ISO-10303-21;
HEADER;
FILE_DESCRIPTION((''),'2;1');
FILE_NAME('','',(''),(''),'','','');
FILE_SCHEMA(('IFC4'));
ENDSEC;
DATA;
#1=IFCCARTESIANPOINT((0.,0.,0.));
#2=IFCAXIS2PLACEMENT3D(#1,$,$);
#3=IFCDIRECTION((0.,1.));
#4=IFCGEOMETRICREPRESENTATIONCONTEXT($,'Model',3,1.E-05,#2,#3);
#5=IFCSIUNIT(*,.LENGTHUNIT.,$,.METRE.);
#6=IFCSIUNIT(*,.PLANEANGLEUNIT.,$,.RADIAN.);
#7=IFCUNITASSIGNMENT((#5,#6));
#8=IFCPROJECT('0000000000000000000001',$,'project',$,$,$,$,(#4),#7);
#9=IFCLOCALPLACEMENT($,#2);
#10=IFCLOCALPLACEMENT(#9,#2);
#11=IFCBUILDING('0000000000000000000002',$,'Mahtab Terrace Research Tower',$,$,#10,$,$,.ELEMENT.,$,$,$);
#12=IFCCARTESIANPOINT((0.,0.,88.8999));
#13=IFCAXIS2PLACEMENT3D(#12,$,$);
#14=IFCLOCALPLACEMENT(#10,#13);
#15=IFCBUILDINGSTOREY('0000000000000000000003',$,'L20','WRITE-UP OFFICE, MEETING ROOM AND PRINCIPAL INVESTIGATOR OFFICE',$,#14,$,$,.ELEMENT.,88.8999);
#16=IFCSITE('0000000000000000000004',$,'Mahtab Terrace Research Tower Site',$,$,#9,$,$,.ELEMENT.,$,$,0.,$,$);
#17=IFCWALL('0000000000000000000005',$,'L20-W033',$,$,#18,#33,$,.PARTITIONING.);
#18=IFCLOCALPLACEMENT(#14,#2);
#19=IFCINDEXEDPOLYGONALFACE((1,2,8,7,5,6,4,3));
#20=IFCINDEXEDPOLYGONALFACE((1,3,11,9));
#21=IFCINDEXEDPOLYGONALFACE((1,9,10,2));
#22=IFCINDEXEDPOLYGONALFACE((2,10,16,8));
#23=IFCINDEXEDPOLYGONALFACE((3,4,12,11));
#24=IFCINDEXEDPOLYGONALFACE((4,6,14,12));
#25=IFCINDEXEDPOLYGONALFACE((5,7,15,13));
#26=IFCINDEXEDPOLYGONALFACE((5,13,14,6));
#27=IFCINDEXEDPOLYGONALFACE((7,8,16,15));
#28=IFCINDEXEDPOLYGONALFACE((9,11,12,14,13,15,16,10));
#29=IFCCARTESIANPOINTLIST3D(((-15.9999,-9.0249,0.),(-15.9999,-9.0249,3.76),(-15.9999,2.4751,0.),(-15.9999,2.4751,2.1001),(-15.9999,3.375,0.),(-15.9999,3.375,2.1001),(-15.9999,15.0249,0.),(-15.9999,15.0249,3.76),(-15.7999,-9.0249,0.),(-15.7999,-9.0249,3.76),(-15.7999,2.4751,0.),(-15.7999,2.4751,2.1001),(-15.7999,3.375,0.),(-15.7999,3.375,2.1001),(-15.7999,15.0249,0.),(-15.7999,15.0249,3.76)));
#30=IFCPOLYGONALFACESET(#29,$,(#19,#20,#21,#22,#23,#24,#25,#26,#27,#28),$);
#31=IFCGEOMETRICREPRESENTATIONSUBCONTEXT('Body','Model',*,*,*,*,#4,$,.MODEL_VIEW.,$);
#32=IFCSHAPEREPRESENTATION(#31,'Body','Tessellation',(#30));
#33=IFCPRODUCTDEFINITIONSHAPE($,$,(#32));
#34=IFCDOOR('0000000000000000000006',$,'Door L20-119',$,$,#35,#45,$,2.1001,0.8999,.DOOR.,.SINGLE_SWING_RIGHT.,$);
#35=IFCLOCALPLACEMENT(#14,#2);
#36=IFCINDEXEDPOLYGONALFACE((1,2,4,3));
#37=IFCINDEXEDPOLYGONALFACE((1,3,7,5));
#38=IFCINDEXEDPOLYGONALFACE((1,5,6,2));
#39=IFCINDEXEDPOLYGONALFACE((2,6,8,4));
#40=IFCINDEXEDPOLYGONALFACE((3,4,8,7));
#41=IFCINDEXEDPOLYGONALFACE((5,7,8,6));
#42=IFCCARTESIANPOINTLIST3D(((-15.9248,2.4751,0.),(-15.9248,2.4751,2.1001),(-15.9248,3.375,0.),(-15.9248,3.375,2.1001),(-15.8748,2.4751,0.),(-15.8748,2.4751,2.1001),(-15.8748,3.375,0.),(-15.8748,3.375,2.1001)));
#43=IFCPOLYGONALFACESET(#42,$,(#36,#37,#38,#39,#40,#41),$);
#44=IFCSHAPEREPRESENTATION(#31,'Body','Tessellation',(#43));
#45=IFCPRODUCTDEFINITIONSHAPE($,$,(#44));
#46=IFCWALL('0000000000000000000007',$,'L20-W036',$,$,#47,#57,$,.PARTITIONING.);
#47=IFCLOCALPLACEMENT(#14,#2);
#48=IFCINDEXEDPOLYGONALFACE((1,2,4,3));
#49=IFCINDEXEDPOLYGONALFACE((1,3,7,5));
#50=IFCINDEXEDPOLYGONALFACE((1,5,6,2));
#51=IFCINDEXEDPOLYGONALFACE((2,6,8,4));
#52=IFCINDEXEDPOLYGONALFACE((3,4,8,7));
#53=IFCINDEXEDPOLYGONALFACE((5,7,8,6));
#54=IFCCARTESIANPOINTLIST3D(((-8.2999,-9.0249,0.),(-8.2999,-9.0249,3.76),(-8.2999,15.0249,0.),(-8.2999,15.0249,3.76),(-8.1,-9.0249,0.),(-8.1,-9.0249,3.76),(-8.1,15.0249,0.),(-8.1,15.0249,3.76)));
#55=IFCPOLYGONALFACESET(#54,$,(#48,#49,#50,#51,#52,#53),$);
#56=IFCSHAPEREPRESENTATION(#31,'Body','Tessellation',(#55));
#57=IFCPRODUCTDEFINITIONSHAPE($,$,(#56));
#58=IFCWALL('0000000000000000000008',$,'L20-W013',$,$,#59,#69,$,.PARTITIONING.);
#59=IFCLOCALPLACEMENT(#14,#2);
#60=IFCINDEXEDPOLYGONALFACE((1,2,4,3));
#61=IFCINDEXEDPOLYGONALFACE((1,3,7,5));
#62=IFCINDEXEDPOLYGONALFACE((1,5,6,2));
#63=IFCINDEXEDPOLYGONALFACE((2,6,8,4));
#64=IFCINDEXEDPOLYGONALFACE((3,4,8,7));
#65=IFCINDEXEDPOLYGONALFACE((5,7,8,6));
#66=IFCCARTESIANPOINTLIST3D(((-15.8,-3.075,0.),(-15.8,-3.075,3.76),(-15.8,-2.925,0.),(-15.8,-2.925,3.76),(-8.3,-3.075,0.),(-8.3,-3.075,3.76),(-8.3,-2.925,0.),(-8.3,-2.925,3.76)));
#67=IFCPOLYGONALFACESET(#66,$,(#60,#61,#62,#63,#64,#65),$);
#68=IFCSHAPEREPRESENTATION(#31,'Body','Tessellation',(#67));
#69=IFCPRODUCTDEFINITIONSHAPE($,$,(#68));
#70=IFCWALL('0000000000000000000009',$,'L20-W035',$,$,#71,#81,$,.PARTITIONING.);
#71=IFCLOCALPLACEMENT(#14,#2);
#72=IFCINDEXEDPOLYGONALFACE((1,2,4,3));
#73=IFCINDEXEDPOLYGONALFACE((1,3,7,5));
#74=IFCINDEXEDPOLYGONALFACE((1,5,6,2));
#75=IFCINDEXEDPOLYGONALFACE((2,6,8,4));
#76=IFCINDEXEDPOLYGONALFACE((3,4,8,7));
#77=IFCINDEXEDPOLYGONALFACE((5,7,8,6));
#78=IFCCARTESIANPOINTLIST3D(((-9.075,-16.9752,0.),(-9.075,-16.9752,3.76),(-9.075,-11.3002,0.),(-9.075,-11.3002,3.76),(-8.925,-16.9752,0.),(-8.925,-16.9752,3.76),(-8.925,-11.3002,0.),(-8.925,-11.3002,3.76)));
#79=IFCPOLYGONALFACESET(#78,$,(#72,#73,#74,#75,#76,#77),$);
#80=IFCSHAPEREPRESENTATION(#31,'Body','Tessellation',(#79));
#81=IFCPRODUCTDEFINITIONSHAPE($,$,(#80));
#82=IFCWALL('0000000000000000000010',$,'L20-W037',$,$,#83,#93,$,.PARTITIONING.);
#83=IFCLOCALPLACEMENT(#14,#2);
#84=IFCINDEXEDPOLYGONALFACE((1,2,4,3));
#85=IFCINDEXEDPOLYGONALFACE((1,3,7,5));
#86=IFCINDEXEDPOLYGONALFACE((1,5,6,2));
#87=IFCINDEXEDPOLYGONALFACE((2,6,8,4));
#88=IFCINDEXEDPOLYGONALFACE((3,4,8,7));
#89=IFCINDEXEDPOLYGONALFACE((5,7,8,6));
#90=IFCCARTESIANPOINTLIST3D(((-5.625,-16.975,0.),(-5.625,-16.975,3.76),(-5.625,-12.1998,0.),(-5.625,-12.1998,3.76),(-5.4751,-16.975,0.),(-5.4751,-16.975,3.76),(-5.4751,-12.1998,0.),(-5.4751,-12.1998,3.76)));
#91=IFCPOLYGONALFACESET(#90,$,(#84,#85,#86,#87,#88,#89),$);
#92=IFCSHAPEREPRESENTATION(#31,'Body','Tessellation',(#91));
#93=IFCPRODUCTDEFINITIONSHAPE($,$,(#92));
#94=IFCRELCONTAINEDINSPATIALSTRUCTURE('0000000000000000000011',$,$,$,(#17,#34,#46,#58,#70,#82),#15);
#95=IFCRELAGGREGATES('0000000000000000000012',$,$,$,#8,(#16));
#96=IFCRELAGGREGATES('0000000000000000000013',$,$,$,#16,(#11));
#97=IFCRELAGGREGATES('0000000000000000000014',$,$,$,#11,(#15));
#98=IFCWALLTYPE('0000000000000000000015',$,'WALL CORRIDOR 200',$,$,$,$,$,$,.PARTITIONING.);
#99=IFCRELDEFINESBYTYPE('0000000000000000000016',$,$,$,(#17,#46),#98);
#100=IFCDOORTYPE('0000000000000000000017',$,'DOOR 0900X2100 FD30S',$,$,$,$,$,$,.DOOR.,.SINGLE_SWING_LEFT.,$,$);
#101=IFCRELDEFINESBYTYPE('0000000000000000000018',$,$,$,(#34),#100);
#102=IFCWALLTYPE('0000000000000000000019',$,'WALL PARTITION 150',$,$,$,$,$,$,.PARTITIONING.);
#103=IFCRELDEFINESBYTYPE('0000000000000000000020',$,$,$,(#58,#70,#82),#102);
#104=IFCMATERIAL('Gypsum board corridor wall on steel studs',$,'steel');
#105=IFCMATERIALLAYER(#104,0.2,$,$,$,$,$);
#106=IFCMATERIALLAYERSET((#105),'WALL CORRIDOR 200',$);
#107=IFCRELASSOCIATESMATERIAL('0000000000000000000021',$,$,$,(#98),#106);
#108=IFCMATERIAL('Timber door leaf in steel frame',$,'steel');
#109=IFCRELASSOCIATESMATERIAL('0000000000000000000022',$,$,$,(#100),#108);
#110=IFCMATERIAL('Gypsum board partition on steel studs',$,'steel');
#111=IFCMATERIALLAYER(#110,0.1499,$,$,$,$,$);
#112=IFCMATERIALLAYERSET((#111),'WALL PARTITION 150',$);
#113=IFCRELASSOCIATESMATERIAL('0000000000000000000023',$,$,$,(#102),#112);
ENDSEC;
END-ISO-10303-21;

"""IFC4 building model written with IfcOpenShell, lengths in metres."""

from ifc_helpers import new_model, si_unit, direction, frame, frame_2d, origin, place, context, subcontext, project, spatial, rectangle, extrude, material, layer, layer_set, type_object, element, fill, save


model = new_model("IFC4")

# Units and contexts
model_context = context("Model", 3, precision=1e-05, world=origin(), true_north=direction((0.0, 1.0)))
body_context = subcontext(model_context, "Body", "Model", "MODEL_VIEW")
ifc_project = project(units=[si_unit("LENGTHUNIT", "METRE"), si_unit("PLANEANGLEUNIT", "RADIAN")], contexts=[model_context])

# Site, building, storey
site_placement = place(None, origin())
site = spatial("IfcSite", under=ifc_project, at=site_placement, Name="Mahtab Terrace Research Tower Site", CompositionType="ELEMENT", RefElevation=0.0)
building_placement = place(site_placement, origin())
building = spatial("IfcBuilding", under=site, at=building_placement, Name="Mahtab Terrace Research Tower", CompositionType="ELEMENT")
storey_placement = place(building_placement, frame((0.0, 0.0, 88.8999)))
storey = spatial("IfcBuildingStorey", under=building, at=storey_placement, Name="L20", Description="WRITE-UP OFFICE, MEETING ROOM AND PRINCIPAL INVESTIGATOR OFFICE", CompositionType="ELEMENT", Elevation=88.8999)

# Shared definitions
ifc_material_1 = material(Name="Gypsum board corridor wall on steel studs", Category="steel")
ifc_layer_1 = layer(ifc_material_1, 0.2)
ifc_layer_set_1 = layer_set([ifc_layer_1], Name="WALL CORRIDOR 200")
wall_type_1 = type_object("IfcWallType", Name="WALL CORRIDOR 200", PredefinedType="PARTITIONING", material=ifc_layer_set_1)
ifc_material_2 = material(Name="Timber door leaf in steel frame", Category="steel")
door_type_1 = type_object("IfcDoorType", Name="DOOR 0900X2100 FD30S", OperationType="SINGLE_SWING_LEFT", PredefinedType="DOOR", material=ifc_material_2)

# Wall, opening, door
wall_1_placement = place(storey_placement, frame((-15.8999, -9.0249, 0.0), z_axis=(0.0, 0.0, 1.0), x_axis=(0.0, 1.0, 0.0)))
wall_1 = element("IfcWall", 1, at=wall_1_placement, inside=storey, type_object=wall_type_1, Name="L20-W033", PredefinedType="PARTITIONING", context=body_context, shape_type="SweptSolid", body=[
    extrude(rectangle(XDim=24.0498, YDim=0.2, at=frame_2d((12.0249, 0.0))), origin(), (0.0, 0.0, 1.0), 3.76),
])
opening_1_placement = place(wall_1_placement, frame((11.5, 0.0, 0.0)))
opening_1 = element("IfcOpeningElement", 2, at=opening_1_placement, cuts=wall_1, PredefinedType="OPENING", context=body_context, shape_type="SweptSolid", body=[
    extrude(rectangle(XDim=0.8999, YDim=2.1001, at=frame_2d((0.45, 1.05))), frame((0.0, 0.1099, 0.0), z_axis=(0.0, -1.0, 0.0), x_axis=(1.0, 0.0, 0.0)), (0.0, 0.0, 1.0), 0.22),
])
door_1_placement = place(opening_1_placement, origin())
door_1 = element("IfcDoor", 3, at=door_1_placement, inside=storey, type_object=door_type_1, Name="Door L20-119", OperationType="SINGLE_SWING_RIGHT", OverallHeight=2.1001, OverallWidth=0.8999, PredefinedType="DOOR", context=body_context, shape_type="SweptSolid", body=[
    extrude(rectangle(XDim=0.8999, YDim=2.1001, at=frame_2d((0.45, 1.05))), frame((0.0, 0.0249, 0.0), z_axis=(0.0, -1.0, 0.0), x_axis=(1.0, 0.0, 0.0)), (0.0, 0.0, 1.0), 0.05),
])
fill(opening_1, door_1)

# Walls
wall_2_placement = place(storey_placement, frame((-8.2, -9.0249, 0.0), z_axis=(0.0, 0.0, 1.0), x_axis=(0.0, 1.0, 0.0)))
element("IfcWall", 4, at=wall_2_placement, inside=storey, type_object=wall_type_1, Name="L20-W036", PredefinedType="PARTITIONING", context=body_context, shape_type="SweptSolid", body=[
    extrude(rectangle(XDim=24.0498, YDim=0.2, at=frame_2d((12.0249, 0.0))), origin(), (0.0, 0.0, 1.0), 3.76),
])
ifc_material_3 = material(Name="Gypsum board partition on steel studs", Category="steel")
ifc_layer_2 = layer(ifc_material_3, 0.1499)
ifc_layer_set_2 = layer_set([ifc_layer_2], Name="WALL PARTITION 150")
wall_type_2 = type_object("IfcWallType", Name="WALL PARTITION 150", PredefinedType="PARTITIONING", material=ifc_layer_set_2)
wall_3_placement = place(storey_placement, frame((-15.8, -3.0, 0.0), z_axis=(0.0, 0.0, 1.0), x_axis=(1.0, 0.0, 0.0)))
element("IfcWall", 5, at=wall_3_placement, inside=storey, type_object=wall_type_2, Name="L20-W013", PredefinedType="PARTITIONING", context=body_context, shape_type="SweptSolid", body=[
    extrude(rectangle(XDim=7.5, YDim=0.1499, at=frame_2d((3.75, 0.0))), origin(), (0.0, 0.0, 1.0), 3.76),
])
wall_4_placement = place(storey_placement, frame((-9.0, -16.9751, 0.0), z_axis=(0.0, 0.0, 1.0), x_axis=(0.0, 1.0, 0.0)))
element("IfcWall", 6, at=wall_4_placement, inside=storey, type_object=wall_type_2, Name="L20-W035", PredefinedType="PARTITIONING", context=body_context, shape_type="SweptSolid", body=[
    extrude(rectangle(XDim=5.675, YDim=0.1499, at=frame_2d((2.8374, 0.0))), origin(), (0.0, 0.0, 1.0), 3.76),
])
wall_5_placement = place(storey_placement, frame((-5.55, -16.9751, 0.0), z_axis=(0.0, 0.0, 1.0), x_axis=(0.0, 1.0, 0.0)))
element("IfcWall", 7, at=wall_5_placement, inside=storey, type_object=wall_type_2, Name="L20-W037", PredefinedType="PARTITIONING", context=body_context, shape_type="SweptSolid", body=[
    extrude(rectangle(XDim=4.7751, YDim=0.1499, at=frame_2d((2.3877, 0.0))), origin(), (0.0, 0.0, 1.0), 3.76),
])

save(model, "model.ifc")
